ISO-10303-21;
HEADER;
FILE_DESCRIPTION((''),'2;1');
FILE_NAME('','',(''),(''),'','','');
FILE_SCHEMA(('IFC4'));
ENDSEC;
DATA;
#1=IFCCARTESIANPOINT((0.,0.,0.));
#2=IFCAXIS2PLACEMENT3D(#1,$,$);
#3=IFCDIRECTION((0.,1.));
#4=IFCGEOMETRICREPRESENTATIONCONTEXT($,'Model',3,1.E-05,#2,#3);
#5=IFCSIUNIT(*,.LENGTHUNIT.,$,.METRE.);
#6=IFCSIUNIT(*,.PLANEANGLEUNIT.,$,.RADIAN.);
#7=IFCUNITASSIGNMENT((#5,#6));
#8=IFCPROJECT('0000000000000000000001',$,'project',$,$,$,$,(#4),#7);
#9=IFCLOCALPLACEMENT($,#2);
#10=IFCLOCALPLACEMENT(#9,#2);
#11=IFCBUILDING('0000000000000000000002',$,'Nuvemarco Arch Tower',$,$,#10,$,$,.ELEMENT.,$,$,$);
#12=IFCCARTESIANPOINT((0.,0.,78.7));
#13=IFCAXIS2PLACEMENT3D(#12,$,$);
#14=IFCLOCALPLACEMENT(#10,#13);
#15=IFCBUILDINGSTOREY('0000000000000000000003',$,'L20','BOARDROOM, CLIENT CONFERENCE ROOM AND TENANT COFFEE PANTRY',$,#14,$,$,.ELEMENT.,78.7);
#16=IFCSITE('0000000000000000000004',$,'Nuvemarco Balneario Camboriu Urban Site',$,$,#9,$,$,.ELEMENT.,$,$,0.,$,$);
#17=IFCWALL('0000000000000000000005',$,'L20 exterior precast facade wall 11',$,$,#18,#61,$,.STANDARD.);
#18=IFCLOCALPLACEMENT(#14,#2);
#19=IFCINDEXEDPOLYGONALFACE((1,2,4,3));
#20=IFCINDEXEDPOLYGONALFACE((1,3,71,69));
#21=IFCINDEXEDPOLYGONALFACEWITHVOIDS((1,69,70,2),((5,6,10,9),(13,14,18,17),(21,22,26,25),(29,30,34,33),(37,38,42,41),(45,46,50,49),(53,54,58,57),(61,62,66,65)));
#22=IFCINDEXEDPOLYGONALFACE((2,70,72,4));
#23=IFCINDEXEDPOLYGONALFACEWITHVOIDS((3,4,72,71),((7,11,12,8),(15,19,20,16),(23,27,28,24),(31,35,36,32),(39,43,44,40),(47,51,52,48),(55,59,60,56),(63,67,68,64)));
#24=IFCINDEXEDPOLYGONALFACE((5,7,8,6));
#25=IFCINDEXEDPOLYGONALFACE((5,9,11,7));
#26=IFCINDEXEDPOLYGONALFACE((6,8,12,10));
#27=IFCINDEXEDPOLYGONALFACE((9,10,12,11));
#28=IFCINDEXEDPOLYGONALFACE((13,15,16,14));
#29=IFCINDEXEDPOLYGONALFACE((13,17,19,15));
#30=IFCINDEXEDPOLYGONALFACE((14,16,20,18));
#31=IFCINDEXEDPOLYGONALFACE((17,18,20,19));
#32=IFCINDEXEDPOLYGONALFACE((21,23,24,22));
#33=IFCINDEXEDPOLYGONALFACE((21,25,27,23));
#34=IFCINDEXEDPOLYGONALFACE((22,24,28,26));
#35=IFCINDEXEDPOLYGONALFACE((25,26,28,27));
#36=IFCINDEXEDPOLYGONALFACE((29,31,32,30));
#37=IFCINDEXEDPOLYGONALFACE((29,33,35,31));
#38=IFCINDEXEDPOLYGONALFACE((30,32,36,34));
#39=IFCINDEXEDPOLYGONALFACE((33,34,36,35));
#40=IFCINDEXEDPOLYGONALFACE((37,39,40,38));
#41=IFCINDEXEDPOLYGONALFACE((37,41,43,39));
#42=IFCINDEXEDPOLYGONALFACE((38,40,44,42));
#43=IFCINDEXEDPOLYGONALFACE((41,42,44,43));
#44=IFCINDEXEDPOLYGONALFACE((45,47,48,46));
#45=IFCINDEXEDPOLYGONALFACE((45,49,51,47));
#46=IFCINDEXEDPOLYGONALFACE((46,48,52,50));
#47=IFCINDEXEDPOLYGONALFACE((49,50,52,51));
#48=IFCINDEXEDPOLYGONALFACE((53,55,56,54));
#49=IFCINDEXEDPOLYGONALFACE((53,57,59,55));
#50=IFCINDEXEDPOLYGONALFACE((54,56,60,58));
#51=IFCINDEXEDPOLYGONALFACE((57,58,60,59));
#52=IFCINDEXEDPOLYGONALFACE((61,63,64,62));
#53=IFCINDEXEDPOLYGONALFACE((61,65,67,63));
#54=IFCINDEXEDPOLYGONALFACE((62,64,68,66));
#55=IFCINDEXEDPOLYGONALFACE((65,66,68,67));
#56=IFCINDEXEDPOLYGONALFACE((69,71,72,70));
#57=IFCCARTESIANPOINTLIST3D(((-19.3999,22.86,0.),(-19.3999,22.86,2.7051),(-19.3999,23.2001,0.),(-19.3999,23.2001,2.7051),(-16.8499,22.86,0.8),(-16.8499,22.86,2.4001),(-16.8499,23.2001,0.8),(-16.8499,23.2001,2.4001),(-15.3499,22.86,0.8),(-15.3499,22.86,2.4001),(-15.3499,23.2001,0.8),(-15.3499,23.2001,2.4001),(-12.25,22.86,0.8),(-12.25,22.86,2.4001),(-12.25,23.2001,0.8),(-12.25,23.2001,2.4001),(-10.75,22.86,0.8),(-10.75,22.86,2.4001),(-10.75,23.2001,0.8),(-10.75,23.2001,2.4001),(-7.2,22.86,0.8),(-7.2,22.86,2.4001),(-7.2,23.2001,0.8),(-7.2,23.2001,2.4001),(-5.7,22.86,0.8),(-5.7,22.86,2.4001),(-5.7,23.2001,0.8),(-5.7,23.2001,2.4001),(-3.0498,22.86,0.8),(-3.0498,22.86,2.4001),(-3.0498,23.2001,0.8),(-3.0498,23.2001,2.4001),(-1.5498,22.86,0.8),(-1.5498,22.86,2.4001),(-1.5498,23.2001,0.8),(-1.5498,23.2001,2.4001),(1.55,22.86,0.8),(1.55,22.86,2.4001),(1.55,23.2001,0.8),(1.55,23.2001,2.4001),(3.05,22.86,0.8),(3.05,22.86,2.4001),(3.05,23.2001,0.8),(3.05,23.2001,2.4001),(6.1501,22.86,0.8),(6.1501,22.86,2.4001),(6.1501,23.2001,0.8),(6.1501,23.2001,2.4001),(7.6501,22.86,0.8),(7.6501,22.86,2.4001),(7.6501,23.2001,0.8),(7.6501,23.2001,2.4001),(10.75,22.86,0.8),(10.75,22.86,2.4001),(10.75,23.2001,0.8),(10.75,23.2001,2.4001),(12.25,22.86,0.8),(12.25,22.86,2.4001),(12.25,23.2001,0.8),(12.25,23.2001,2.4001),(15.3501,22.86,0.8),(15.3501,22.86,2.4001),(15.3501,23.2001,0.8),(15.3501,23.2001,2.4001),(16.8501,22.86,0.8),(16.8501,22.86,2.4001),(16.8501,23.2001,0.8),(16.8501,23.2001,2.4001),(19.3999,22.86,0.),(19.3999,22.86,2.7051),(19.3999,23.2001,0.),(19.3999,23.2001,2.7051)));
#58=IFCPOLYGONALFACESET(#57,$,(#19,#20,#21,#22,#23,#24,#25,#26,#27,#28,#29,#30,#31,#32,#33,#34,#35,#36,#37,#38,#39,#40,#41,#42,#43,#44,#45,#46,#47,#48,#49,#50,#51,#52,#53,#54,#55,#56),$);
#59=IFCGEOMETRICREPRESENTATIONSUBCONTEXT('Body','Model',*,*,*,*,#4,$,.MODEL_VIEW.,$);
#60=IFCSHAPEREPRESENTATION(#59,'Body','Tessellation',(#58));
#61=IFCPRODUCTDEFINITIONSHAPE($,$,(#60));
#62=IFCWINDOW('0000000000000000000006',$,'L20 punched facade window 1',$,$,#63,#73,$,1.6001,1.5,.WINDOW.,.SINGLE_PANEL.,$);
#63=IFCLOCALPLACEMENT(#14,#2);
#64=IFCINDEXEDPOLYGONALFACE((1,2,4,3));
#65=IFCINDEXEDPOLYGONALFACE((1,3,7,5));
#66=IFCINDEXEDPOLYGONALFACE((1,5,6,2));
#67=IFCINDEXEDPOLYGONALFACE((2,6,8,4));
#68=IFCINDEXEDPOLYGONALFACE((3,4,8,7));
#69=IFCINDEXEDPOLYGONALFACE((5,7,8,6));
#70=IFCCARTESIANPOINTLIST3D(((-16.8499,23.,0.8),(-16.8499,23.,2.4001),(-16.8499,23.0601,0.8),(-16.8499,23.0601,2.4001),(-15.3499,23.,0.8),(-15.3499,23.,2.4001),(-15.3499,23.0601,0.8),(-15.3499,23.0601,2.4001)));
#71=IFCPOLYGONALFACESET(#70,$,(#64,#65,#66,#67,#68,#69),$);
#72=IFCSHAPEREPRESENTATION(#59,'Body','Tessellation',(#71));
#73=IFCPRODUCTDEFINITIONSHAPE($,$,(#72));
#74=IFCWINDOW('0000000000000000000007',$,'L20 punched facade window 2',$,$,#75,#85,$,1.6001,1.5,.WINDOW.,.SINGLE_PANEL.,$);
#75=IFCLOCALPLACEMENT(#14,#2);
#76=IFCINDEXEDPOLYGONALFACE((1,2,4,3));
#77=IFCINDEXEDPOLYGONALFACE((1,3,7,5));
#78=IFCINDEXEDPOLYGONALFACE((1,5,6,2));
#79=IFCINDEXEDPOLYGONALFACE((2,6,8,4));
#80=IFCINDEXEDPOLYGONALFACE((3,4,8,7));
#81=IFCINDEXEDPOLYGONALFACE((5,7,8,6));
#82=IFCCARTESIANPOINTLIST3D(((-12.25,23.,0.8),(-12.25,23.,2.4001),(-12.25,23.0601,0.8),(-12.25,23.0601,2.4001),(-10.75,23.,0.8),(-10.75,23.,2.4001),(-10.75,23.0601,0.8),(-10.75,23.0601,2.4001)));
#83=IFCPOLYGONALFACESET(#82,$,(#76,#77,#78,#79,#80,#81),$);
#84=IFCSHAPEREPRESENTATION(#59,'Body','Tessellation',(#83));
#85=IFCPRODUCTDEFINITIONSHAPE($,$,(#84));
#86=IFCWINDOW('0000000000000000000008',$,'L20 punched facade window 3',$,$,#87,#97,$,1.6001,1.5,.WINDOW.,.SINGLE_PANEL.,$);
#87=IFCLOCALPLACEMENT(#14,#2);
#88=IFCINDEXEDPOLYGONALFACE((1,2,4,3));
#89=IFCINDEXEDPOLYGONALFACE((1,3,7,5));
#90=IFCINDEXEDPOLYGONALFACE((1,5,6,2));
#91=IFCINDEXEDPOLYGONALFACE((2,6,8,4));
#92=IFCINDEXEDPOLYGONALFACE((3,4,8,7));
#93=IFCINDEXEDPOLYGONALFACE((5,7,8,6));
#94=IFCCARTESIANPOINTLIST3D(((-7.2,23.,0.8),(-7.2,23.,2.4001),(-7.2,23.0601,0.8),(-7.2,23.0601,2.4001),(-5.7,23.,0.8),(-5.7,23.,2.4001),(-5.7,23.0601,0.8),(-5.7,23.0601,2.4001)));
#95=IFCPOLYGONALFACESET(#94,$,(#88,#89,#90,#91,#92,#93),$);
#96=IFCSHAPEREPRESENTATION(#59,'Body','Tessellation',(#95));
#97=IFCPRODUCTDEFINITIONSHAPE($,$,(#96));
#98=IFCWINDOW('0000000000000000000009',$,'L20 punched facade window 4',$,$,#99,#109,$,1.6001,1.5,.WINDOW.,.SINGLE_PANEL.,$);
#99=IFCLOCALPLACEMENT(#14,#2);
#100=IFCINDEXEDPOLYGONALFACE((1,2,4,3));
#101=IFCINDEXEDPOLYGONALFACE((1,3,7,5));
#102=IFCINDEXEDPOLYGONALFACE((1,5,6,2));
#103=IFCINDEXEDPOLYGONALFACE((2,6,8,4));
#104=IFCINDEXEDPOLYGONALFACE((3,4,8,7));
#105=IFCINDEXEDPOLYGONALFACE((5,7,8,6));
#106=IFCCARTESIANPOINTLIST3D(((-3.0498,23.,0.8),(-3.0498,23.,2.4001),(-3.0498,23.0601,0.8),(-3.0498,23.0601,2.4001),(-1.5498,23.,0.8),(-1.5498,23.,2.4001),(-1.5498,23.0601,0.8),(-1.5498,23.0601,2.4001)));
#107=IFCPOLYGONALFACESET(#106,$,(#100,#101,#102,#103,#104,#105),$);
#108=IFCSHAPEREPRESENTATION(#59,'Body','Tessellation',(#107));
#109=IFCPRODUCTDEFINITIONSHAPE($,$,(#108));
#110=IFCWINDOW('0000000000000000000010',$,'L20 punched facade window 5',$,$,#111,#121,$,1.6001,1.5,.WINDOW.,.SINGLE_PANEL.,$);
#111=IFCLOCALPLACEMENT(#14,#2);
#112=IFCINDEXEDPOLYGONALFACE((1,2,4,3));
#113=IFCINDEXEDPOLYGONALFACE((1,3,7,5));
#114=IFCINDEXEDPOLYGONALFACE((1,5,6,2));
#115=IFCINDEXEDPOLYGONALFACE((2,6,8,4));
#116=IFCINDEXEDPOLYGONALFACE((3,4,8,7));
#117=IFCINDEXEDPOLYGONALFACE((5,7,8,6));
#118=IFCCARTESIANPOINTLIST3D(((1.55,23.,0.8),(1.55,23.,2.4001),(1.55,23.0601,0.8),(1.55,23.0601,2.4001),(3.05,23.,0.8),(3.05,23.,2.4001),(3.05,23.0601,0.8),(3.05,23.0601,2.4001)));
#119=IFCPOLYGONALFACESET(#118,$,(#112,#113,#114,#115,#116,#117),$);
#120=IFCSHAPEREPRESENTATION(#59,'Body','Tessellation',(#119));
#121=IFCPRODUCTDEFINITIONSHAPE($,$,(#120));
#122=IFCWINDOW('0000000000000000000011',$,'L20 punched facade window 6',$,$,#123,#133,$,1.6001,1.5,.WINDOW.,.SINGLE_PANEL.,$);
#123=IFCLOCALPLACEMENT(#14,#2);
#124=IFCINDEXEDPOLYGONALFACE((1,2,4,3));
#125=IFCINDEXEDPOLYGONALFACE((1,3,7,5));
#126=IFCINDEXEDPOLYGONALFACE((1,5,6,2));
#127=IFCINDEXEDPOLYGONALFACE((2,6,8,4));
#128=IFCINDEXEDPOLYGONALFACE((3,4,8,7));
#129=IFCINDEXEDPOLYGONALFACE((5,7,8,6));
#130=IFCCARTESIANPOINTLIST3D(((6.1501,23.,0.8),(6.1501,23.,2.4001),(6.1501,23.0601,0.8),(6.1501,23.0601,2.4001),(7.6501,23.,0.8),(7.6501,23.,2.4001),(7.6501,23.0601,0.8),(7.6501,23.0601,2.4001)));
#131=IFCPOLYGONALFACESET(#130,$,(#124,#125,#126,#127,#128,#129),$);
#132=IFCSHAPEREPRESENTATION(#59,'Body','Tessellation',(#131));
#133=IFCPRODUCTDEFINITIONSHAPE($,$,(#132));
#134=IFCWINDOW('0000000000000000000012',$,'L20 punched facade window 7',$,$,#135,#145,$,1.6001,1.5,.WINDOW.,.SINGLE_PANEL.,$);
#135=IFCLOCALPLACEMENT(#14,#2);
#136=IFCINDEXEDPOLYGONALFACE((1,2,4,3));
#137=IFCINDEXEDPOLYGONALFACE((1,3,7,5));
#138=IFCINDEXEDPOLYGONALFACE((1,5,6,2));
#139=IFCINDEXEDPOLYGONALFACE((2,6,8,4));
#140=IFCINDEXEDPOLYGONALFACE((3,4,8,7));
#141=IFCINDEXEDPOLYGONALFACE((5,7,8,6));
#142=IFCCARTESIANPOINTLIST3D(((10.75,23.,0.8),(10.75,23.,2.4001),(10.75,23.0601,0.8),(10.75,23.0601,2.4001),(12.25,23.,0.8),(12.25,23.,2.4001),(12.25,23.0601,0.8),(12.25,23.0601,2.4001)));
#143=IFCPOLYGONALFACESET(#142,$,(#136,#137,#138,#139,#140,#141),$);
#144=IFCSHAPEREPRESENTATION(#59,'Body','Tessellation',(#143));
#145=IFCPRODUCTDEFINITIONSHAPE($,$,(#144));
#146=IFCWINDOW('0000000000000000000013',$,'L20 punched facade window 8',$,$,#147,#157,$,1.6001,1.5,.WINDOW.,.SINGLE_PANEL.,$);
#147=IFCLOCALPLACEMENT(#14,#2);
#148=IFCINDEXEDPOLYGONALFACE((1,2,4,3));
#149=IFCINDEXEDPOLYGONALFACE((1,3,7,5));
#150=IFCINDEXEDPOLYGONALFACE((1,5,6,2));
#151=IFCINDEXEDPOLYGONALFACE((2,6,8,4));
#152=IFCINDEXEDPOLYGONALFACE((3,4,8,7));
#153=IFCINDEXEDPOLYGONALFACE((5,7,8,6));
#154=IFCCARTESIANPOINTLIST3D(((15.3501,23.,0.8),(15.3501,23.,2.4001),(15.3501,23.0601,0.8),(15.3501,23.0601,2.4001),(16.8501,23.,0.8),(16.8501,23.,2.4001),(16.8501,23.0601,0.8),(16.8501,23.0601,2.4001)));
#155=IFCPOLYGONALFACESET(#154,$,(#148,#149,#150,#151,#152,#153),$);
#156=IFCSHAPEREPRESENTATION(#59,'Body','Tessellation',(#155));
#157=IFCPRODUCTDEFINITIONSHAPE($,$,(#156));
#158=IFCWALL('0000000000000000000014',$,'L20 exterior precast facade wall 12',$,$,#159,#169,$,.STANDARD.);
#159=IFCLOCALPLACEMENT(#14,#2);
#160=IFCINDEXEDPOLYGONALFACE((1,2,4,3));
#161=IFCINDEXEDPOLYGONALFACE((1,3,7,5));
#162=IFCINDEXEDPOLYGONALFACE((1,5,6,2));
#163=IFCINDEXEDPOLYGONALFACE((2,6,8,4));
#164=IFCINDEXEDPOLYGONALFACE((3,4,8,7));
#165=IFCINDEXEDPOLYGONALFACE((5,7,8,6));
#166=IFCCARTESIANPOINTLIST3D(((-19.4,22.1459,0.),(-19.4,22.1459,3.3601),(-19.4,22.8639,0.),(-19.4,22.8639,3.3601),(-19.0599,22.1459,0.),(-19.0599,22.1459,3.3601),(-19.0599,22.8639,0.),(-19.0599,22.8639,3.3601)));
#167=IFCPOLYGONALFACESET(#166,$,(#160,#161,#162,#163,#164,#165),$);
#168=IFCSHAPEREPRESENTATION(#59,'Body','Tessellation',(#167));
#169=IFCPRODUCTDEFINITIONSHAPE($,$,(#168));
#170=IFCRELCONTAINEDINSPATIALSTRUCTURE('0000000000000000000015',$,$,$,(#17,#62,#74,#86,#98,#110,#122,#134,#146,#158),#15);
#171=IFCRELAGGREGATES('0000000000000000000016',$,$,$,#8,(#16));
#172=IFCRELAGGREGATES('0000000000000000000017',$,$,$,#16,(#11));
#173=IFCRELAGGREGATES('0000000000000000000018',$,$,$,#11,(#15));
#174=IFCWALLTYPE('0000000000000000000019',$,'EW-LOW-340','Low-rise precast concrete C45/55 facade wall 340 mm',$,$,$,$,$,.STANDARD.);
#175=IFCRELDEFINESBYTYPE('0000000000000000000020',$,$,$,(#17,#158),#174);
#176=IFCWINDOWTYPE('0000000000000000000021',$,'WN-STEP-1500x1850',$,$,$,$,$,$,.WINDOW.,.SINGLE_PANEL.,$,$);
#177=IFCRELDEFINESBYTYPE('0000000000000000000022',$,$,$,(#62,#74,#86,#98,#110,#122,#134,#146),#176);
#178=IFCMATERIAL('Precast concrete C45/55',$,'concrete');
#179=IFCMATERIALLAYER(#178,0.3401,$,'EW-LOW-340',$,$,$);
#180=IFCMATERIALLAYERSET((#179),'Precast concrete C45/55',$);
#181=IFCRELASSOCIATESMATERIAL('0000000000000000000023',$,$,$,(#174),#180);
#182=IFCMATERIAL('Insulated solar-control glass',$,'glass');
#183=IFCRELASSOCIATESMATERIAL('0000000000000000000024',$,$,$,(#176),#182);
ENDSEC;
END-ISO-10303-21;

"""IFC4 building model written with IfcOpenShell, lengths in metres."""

from ifc_helpers import new_model, si_unit, direction, frame, frame_2d, origin, place, context, subcontext, project, spatial, rectangle, extrude, source, transform, mapped, material, layer, layer_set, type_object, type_shapes, element, fill, save


model = new_model("IFC4")

# Units and contexts
model_context = context("Model", 3, precision=1e-05, world=origin(), true_north=direction((0.0, 1.0)))
body_context = subcontext(model_context, "Body", "Model", "MODEL_VIEW")
ifc_project = project(units=[si_unit("LENGTHUNIT", "METRE"), si_unit("PLANEANGLEUNIT", "RADIAN")], contexts=[model_context])

# Site, building, storey
site_placement = place(None, origin())
site = spatial("IfcSite", under=ifc_project, at=site_placement, Name="Nuvemarco Balneario Camboriu Urban Site", CompositionType="ELEMENT", RefElevation=0.0)
building_placement = place(site_placement, origin())
building = spatial("IfcBuilding", under=site, at=building_placement, Name="Nuvemarco Arch Tower", CompositionType="ELEMENT")
storey_placement = place(building_placement, frame((0.0, 0.0, 78.7)))
storey = spatial("IfcBuildingStorey", under=building, at=storey_placement, Name="L20", Description="BOARDROOM, CLIENT CONFERENCE ROOM AND TENANT COFFEE PANTRY", CompositionType="ELEMENT", Elevation=78.7)

# Wall, openings, windows
ifc_material_1 = material(Name="Precast concrete C45/55", Category="concrete")
ifc_layer_1 = layer(ifc_material_1, 0.3401, Name="EW-LOW-340")
ifc_layer_set_1 = layer_set([ifc_layer_1], Name="Precast concrete C45/55")
wall_type_1 = type_object("IfcWallType", Name="EW-LOW-340", Description="Low-rise precast concrete C45/55 facade wall 340 mm", PredefinedType="STANDARD", material=ifc_layer_set_1)
wall_1_placement = place(storey_placement, frame((-19.3999, 23.03, 0.0), z_axis=(0.0, 0.0, 1.0), x_axis=(1.0, 0.0, 0.0)))
wall_1 = element("IfcWall", 1, at=wall_1_placement, inside=storey, type_object=wall_type_1, Name="L20 exterior precast facade wall 11", PredefinedType="STANDARD", context=body_context, shape_type="SweptSolid", body=[
    extrude(rectangle(XDim=38.7998, YDim=0.3401, at=frame_2d((19.3999, 0.0))), origin(), (0.0, 0.0, 1.0), 2.7051),
])
opening_1_placement = place(wall_1_placement, frame((2.55, 0.0, 0.8)))
opening_1 = element("IfcOpeningElement", 2, at=opening_1_placement, cuts=wall_1, PredefinedType="OPENING", context=body_context, shape_type="SweptSolid", body=[
    extrude(rectangle(XDim=1.5, YDim=1.6001, at=frame_2d((0.75, 0.8))), frame((0.0, 0.1799, 0.0), z_axis=(0.0, -1.0, 0.0), x_axis=(1.0, 0.0, 0.0)), (0.0, 0.0, 1.0), 0.3601),
])
opening_2_placement = place(wall_1_placement, frame((7.1499, 0.0, 0.8)))
opening_2 = element("IfcOpeningElement", 3, at=opening_2_placement, cuts=wall_1, PredefinedType="OPENING", context=body_context, shape_type="SweptSolid", body=[
    extrude(rectangle(XDim=1.5, YDim=1.6001, at=frame_2d((0.75, 0.8))), frame((0.0, 0.1799, 0.0), z_axis=(0.0, -1.0, 0.0), x_axis=(1.0, 0.0, 0.0)), (0.0, 0.0, 1.0), 0.3601),
])
opening_3_placement = place(wall_1_placement, frame((12.2, 0.0, 0.8)))
opening_3 = element("IfcOpeningElement", 4, at=opening_3_placement, cuts=wall_1, PredefinedType="OPENING", context=body_context, shape_type="SweptSolid", body=[
    extrude(rectangle(XDim=1.5, YDim=1.6001, at=frame_2d((0.75, 0.8))), frame((0.0, 0.1799, 0.0), z_axis=(0.0, -1.0, 0.0), x_axis=(1.0, 0.0, 0.0)), (0.0, 0.0, 1.0), 0.3601),
])
opening_4_placement = place(wall_1_placement, frame((16.3501, 0.0, 0.8)))
opening_4 = element("IfcOpeningElement", 5, at=opening_4_placement, cuts=wall_1, PredefinedType="OPENING", context=body_context, shape_type="SweptSolid", body=[
    extrude(rectangle(XDim=1.5, YDim=1.6001, at=frame_2d((0.75, 0.8))), frame((0.0, 0.1799, 0.0), z_axis=(0.0, -1.0, 0.0), x_axis=(1.0, 0.0, 0.0)), (0.0, 0.0, 1.0), 0.3601),
])
opening_5_placement = place(wall_1_placement, frame((20.95, 0.0, 0.8)))
opening_5 = element("IfcOpeningElement", 6, at=opening_5_placement, cuts=wall_1, PredefinedType="OPENING", context=body_context, shape_type="SweptSolid", body=[
    extrude(rectangle(XDim=1.5, YDim=1.6001, at=frame_2d((0.75, 0.8))), frame((0.0, 0.1799, 0.0), z_axis=(0.0, -1.0, 0.0), x_axis=(1.0, 0.0, 0.0)), (0.0, 0.0, 1.0), 0.3601),
])
opening_6_placement = place(wall_1_placement, frame((25.55, 0.0, 0.8)))
opening_6 = element("IfcOpeningElement", 7, at=opening_6_placement, cuts=wall_1, PredefinedType="OPENING", context=body_context, shape_type="SweptSolid", body=[
    extrude(rectangle(XDim=1.5, YDim=1.6001, at=frame_2d((0.75, 0.8))), frame((0.0, 0.1799, 0.0), z_axis=(0.0, -1.0, 0.0), x_axis=(1.0, 0.0, 0.0)), (0.0, 0.0, 1.0), 0.3601),
])
opening_7_placement = place(wall_1_placement, frame((30.1499, 0.0, 0.8)))
opening_7 = element("IfcOpeningElement", 8, at=opening_7_placement, cuts=wall_1, PredefinedType="OPENING", context=body_context, shape_type="SweptSolid", body=[
    extrude(rectangle(XDim=1.5, YDim=1.6001, at=frame_2d((0.75, 0.8))), frame((0.0, 0.1799, 0.0), z_axis=(0.0, -1.0, 0.0), x_axis=(1.0, 0.0, 0.0)), (0.0, 0.0, 1.0), 0.3601),
])
opening_8_placement = place(wall_1_placement, frame((34.75, 0.0, 0.8)))
opening_8 = element("IfcOpeningElement", 9, at=opening_8_placement, cuts=wall_1, PredefinedType="OPENING", context=body_context, shape_type="SweptSolid", body=[
    extrude(rectangle(XDim=1.5, YDim=1.6001, at=frame_2d((0.75, 0.8))), frame((0.0, 0.1799, 0.0), z_axis=(0.0, -1.0, 0.0), x_axis=(1.0, 0.0, 0.0)), (0.0, 0.0, 1.0), 0.3601),
])
ifc_material_2 = material(Name="Insulated solar-control glass", Category="glass")
window_type = type_object("IfcWindowType", Name="WN-STEP-1500x1850", PartitioningType="SINGLE_PANEL", PredefinedType="WINDOW", material=ifc_material_2)
shared_shape_1 = source(origin(), body_context, "Body", "SweptSolid", [
    extrude(rectangle(XDim=1.5, YDim=1.6001, at=frame_2d((0.75, 0.8))), frame((0.0, 0.03, 0.0), z_axis=(0.0, -1.0, 0.0), x_axis=(1.0, 0.0, 0.0)), (0.0, 0.0, 1.0), 0.0601),
])
type_shapes(window_type, [shared_shape_1])
window_1_placement = place(opening_1_placement, origin())
window_1 = element("IfcWindow", 10, at=window_1_placement, inside=storey, type_object=window_type, Name="L20 punched facade window 1", OverallHeight=1.6001, OverallWidth=1.5, PartitioningType="SINGLE_PANEL", PredefinedType="WINDOW", context=body_context, shape_type="MappedRepresentation", body=[
    mapped(shared_shape_1, transform((0.0, 0.0, 0.0), scale=1.0)),
])
fill(opening_1, window_1)
window_2_placement = place(opening_2_placement, origin())
window_2 = element("IfcWindow", 11, at=window_2_placement, inside=storey, type_object=window_type, Name="L20 punched facade window 2", OverallHeight=1.6001, OverallWidth=1.5, PartitioningType="SINGLE_PANEL", PredefinedType="WINDOW", context=body_context, shape_type="MappedRepresentation", body=[
    mapped(shared_shape_1, transform((0.0, 0.0, 0.0), scale=1.0)),
])
fill(opening_2, window_2)
window_3_placement = place(opening_3_placement, origin())
window_3 = element("IfcWindow", 12, at=window_3_placement, inside=storey, type_object=window_type, Name="L20 punched facade window 3", OverallHeight=1.6001, OverallWidth=1.5, PartitioningType="SINGLE_PANEL", PredefinedType="WINDOW", context=body_context, shape_type="MappedRepresentation", body=[
    mapped(shared_shape_1, transform((0.0, 0.0, 0.0), scale=1.0)),
])
fill(opening_3, window_3)
window_4_placement = place(opening_4_placement, origin())
window_4 = element("IfcWindow", 13, at=window_4_placement, inside=storey, type_object=window_type, Name="L20 punched facade window 4", OverallHeight=1.6001, OverallWidth=1.5, PartitioningType="SINGLE_PANEL", PredefinedType="WINDOW", context=body_context, shape_type="MappedRepresentation", body=[
    mapped(shared_shape_1, transform((0.0, 0.0, 0.0), scale=1.0)),
])
fill(opening_4, window_4)
window_5_placement = place(opening_5_placement, origin())
window_5 = element("IfcWindow", 14, at=window_5_placement, inside=storey, type_object=window_type, Name="L20 punched facade window 5", OverallHeight=1.6001, OverallWidth=1.5, PartitioningType="SINGLE_PANEL", PredefinedType="WINDOW", context=body_context, shape_type="MappedRepresentation", body=[
    mapped(shared_shape_1, transform((0.0, 0.0, 0.0), scale=1.0)),
])
fill(opening_5, window_5)
window_6_placement = place(opening_6_placement, origin())
window_6 = element("IfcWindow", 15, at=window_6_placement, inside=storey, type_object=window_type, Name="L20 punched facade window 6", OverallHeight=1.6001, OverallWidth=1.5, PartitioningType="SINGLE_PANEL", PredefinedType="WINDOW", context=body_context, shape_type="MappedRepresentation", body=[
    mapped(shared_shape_1, transform((0.0, 0.0, 0.0), scale=1.0)),
])
fill(opening_6, window_6)
window_7_placement = place(opening_7_placement, origin())
window_7 = element("IfcWindow", 16, at=window_7_placement, inside=storey, type_object=window_type, Name="L20 punched facade window 7", OverallHeight=1.6001, OverallWidth=1.5, PartitioningType="SINGLE_PANEL", PredefinedType="WINDOW", context=body_context, shape_type="MappedRepresentation", body=[
    mapped(shared_shape_1, transform((0.0, 0.0, 0.0), scale=1.0)),
])
fill(opening_7, window_7)
window_8_placement = place(opening_8_placement, origin())
window_8 = element("IfcWindow", 17, at=window_8_placement, inside=storey, type_object=window_type, Name="L20 punched facade window 8", OverallHeight=1.6001, OverallWidth=1.5, PartitioningType="SINGLE_PANEL", PredefinedType="WINDOW", context=body_context, shape_type="MappedRepresentation", body=[
    mapped(shared_shape_1, transform((0.0, 0.0, 0.0), scale=1.0)),
])
fill(opening_8, window_8)

# Wall
wall_2_placement = place(storey_placement, frame((-19.23, 22.146, 0.0), z_axis=(0.0, 0.0, 1.0), x_axis=(0.0, 1.0, 0.0)))
element("IfcWall", 18, at=wall_2_placement, inside=storey, type_object=wall_type_1, Name="L20 exterior precast facade wall 12", PredefinedType="STANDARD", context=body_context, shape_type="SweptSolid", body=[
    extrude(rectangle(XDim=0.718, YDim=0.3401, at=frame_2d((0.3589, 0.0))), origin(), (0.0, 0.0, 1.0), 3.3601),
])

save(model, "model.ifc")
